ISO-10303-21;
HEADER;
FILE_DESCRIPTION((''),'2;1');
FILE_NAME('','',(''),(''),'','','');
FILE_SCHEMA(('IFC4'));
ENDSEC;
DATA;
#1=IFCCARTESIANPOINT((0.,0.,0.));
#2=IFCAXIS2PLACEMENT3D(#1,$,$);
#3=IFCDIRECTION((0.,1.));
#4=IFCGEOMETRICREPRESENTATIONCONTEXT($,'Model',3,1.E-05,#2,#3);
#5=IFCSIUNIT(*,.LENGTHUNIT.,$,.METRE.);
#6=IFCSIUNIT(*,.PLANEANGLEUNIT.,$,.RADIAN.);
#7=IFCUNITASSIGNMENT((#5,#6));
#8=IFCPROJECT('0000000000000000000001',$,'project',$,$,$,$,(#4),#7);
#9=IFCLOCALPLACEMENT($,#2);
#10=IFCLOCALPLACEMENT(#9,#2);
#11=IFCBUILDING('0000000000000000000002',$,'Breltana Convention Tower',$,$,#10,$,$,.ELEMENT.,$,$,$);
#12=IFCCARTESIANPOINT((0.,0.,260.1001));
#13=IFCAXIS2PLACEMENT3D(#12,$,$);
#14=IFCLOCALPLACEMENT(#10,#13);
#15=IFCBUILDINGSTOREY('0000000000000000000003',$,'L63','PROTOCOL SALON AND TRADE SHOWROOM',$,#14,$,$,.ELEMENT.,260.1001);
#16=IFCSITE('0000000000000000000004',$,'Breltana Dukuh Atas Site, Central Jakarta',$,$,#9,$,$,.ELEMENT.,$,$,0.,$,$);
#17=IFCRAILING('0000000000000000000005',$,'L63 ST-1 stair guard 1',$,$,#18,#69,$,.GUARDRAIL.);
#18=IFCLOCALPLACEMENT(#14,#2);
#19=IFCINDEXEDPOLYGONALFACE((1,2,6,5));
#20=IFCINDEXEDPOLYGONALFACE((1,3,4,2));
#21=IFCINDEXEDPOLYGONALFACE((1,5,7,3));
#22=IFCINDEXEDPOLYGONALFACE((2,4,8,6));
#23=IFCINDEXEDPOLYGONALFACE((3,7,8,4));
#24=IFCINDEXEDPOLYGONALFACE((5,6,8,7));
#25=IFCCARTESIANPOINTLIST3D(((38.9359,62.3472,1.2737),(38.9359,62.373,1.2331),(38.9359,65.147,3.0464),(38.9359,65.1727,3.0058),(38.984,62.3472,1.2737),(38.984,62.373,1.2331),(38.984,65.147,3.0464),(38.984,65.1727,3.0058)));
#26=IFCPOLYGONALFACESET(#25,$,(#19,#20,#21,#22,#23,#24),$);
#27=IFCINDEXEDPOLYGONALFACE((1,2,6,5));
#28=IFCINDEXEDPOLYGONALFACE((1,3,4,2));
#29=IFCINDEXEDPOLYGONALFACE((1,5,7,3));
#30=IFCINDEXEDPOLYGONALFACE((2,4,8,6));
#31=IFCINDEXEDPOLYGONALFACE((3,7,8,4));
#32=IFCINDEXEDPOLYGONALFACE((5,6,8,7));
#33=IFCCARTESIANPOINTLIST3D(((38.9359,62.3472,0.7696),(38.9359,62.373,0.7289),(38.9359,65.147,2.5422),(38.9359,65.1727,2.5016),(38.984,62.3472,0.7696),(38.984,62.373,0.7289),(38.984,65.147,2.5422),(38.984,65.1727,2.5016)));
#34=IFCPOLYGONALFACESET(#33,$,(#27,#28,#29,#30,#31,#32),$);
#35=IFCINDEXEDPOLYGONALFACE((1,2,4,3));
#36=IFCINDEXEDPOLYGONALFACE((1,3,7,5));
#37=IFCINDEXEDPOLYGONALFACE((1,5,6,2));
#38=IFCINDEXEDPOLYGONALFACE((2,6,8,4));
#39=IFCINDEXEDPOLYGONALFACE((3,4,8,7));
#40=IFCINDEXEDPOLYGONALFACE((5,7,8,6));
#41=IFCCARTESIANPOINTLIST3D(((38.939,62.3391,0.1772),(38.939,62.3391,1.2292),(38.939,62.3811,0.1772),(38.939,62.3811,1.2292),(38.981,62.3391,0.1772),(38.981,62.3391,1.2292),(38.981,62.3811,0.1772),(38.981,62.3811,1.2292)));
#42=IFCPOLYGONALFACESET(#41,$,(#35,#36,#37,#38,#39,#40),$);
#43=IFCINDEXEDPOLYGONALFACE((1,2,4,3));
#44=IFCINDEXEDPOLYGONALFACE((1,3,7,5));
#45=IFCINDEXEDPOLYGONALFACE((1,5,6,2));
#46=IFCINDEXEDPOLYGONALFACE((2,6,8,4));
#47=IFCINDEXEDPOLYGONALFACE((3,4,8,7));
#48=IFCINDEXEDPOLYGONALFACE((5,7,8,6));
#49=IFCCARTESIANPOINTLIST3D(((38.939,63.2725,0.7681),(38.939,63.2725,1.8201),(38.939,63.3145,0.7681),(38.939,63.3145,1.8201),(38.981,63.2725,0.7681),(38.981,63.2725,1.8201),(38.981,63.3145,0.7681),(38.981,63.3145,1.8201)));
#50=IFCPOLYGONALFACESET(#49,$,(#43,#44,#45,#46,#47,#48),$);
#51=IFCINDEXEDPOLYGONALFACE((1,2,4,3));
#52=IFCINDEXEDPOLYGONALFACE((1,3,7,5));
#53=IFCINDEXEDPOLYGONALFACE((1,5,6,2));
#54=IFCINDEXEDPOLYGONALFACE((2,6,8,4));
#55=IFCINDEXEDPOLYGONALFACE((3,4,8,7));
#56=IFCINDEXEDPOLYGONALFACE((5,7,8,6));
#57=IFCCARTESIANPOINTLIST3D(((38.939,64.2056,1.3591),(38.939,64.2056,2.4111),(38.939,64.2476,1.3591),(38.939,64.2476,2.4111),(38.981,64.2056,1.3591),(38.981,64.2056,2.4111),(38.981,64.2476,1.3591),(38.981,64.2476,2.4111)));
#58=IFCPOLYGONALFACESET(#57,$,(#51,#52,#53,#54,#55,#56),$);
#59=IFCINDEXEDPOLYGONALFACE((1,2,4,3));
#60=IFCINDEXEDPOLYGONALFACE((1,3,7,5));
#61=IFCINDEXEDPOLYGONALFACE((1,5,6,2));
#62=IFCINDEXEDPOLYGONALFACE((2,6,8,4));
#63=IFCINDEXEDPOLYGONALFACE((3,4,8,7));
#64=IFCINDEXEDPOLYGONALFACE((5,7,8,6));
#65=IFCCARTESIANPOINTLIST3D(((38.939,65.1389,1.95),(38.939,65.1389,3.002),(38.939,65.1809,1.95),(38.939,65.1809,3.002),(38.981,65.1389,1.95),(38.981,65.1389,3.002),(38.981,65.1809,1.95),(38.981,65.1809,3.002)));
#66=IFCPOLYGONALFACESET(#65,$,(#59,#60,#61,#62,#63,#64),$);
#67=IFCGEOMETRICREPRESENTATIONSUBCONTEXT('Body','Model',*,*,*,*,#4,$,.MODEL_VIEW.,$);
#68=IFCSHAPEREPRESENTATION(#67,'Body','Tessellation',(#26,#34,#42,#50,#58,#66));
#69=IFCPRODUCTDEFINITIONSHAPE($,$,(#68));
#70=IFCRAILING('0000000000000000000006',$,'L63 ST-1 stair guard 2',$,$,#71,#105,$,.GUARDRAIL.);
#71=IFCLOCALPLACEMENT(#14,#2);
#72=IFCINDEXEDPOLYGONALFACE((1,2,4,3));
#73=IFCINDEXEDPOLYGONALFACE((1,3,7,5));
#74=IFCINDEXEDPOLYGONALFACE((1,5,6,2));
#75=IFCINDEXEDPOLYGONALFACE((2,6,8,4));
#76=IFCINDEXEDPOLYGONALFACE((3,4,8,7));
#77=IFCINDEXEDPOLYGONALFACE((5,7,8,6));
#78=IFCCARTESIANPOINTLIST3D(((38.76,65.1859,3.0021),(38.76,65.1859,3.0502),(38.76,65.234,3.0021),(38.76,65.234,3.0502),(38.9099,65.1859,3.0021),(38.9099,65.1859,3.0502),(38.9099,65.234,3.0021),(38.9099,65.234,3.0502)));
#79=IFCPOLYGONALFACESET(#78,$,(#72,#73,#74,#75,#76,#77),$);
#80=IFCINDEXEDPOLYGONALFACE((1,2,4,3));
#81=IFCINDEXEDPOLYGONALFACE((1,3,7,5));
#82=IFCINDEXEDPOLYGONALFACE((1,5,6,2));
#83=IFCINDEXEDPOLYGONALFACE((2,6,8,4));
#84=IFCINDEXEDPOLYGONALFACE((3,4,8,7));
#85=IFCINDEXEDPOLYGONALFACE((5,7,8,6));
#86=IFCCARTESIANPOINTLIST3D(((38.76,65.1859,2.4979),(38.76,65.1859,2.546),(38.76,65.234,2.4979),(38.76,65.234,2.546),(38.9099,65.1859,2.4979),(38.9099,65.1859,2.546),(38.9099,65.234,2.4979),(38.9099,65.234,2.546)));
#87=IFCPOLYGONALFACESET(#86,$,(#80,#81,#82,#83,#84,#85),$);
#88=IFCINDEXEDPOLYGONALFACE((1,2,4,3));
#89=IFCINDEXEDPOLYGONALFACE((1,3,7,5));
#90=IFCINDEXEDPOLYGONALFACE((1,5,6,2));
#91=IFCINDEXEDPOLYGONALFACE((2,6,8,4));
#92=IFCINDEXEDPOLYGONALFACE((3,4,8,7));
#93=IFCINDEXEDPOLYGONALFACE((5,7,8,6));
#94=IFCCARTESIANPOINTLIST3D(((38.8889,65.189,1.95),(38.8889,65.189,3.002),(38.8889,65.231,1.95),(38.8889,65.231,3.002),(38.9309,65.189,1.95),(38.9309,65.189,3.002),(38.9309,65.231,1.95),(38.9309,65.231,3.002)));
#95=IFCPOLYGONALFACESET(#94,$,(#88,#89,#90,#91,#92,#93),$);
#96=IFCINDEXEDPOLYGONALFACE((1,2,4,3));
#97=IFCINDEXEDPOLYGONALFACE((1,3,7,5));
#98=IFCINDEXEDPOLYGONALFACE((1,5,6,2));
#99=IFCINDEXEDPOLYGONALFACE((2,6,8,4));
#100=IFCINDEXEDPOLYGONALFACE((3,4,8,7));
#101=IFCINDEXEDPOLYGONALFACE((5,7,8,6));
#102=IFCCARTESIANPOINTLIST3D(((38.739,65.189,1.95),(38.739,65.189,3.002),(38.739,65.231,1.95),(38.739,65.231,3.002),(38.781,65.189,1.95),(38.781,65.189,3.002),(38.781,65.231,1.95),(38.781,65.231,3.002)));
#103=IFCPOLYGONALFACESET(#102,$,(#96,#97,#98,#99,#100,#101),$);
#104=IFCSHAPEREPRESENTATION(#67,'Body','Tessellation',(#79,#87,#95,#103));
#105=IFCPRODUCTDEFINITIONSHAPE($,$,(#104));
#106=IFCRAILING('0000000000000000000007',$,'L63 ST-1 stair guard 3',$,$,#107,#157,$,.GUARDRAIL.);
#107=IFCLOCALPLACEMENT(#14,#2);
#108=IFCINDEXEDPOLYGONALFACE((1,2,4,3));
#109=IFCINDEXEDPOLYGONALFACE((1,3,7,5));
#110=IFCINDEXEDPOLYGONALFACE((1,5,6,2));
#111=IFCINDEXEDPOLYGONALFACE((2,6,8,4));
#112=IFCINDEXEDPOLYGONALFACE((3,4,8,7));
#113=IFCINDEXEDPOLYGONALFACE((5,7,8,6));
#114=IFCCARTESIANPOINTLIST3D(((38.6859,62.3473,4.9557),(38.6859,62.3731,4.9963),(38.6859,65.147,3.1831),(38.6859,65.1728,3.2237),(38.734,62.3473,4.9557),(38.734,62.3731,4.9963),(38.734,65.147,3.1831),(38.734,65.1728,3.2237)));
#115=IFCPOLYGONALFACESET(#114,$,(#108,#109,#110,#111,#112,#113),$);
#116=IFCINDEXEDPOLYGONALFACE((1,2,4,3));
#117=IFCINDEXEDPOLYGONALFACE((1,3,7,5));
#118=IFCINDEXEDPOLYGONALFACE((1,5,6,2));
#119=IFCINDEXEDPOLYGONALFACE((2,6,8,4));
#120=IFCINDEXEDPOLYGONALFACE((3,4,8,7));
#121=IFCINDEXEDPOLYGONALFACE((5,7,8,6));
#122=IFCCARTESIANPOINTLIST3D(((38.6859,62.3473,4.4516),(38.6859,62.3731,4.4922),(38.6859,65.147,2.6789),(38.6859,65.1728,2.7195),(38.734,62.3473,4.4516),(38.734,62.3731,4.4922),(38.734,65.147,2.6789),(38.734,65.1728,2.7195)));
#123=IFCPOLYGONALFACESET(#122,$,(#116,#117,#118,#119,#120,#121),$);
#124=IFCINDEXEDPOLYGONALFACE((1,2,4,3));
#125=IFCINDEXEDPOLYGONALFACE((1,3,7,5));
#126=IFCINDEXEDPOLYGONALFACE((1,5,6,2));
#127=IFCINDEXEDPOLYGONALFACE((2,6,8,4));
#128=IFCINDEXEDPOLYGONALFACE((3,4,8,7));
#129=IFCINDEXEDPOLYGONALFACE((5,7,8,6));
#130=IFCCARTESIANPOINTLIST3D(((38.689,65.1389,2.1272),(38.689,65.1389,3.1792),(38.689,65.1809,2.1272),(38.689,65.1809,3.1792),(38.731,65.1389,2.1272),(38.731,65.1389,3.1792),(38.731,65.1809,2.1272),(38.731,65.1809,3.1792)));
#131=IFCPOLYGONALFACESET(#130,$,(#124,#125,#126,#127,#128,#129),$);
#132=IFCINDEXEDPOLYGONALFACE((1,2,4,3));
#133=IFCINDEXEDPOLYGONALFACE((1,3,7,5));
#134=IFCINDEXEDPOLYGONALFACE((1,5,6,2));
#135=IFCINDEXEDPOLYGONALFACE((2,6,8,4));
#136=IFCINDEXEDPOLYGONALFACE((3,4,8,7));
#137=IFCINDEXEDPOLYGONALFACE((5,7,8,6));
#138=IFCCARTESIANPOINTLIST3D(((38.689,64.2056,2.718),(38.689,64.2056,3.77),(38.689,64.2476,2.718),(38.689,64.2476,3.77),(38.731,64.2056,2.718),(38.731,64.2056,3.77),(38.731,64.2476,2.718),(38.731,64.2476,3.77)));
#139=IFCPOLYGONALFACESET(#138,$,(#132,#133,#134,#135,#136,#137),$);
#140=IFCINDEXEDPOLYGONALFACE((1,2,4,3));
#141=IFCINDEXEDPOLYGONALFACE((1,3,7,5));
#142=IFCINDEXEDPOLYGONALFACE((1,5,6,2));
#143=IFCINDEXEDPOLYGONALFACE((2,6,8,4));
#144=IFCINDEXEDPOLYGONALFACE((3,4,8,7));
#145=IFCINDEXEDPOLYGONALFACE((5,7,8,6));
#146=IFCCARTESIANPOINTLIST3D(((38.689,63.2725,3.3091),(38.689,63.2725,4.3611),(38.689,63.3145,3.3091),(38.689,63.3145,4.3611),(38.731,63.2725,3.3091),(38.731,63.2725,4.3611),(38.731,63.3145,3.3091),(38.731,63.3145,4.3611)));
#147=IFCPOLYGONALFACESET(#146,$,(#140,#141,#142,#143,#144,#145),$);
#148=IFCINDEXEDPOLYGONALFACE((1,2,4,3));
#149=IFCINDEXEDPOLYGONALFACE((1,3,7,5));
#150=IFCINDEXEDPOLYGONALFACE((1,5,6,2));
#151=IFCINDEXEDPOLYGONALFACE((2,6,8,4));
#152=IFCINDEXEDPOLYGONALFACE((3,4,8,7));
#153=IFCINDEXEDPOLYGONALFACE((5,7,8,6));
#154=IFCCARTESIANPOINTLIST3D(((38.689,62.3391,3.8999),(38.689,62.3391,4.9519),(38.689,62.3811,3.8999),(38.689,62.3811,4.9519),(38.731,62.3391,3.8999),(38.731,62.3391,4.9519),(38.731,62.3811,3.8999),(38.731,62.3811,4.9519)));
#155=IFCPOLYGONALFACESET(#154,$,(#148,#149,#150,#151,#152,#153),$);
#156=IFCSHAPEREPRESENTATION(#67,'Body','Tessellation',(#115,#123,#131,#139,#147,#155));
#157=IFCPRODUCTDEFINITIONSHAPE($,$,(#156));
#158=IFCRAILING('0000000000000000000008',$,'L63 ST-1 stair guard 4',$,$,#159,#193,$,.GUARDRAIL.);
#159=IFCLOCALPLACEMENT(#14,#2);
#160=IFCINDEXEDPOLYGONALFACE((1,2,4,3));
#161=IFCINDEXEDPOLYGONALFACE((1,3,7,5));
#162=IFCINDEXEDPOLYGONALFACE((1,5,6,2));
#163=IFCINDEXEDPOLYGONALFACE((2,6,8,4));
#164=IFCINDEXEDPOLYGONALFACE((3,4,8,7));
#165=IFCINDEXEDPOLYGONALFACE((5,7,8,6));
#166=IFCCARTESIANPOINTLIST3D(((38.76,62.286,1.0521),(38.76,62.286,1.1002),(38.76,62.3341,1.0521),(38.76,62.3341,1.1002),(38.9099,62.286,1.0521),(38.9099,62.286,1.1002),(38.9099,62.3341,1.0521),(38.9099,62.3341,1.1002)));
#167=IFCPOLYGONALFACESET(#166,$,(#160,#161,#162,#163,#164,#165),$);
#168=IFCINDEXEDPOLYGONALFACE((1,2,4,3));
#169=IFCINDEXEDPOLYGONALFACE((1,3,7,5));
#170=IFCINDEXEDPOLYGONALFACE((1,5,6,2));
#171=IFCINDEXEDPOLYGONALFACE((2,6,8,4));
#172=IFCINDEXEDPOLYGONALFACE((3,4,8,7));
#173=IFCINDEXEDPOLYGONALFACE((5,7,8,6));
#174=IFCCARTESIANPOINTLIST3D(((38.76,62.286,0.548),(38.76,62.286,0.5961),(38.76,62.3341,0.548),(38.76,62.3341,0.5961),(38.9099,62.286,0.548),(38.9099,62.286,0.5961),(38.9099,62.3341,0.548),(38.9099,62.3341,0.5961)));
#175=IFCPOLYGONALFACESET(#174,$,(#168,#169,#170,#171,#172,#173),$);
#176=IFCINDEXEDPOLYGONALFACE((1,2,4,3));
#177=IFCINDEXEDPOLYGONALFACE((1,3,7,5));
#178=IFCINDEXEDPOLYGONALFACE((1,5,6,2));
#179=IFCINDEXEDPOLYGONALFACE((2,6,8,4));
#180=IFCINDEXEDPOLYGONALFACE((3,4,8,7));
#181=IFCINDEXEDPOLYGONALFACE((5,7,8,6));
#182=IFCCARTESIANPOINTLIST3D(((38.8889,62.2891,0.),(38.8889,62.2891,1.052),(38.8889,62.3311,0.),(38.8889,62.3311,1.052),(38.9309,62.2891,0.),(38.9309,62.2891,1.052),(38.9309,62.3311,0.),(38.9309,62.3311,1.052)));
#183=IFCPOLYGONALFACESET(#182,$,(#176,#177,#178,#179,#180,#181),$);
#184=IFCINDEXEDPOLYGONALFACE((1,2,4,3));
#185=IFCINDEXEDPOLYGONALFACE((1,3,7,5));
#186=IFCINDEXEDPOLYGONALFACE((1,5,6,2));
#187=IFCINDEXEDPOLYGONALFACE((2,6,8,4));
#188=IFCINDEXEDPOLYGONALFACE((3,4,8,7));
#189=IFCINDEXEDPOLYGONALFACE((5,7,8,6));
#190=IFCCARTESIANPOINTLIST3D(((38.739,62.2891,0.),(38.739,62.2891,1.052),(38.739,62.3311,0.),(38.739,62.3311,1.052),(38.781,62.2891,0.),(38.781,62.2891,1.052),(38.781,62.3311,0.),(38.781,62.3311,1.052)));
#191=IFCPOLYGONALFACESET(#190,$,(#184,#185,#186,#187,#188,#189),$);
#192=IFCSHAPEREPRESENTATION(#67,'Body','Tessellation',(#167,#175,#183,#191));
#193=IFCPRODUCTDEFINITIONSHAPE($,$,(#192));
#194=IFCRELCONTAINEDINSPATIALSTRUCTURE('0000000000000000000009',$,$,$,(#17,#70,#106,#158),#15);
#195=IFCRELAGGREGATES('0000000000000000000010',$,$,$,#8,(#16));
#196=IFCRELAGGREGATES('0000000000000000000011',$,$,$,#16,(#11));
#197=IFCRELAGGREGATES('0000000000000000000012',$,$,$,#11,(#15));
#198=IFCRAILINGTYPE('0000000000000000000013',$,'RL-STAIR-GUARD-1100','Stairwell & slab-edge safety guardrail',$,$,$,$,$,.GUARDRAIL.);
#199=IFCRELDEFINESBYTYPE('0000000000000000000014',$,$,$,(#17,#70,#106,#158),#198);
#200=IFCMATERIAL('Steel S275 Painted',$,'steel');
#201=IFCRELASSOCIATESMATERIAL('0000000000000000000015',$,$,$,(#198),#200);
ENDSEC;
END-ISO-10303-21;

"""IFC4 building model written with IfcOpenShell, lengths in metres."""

from ifc_helpers import new_model, si_unit, direction, frame, origin, origin_2d, place, context, subcontext, project, spatial, rectangle, extrude, material, type_object, element, save


model = new_model("IFC4")

# Units and contexts
model_context = context("Model", 3, precision=1e-05, world=origin(), true_north=direction((0.0, 1.0)))
body_context = subcontext(model_context, "Body", "Model", "MODEL_VIEW")
ifc_project = project(units=[si_unit("LENGTHUNIT", "METRE"), si_unit("PLANEANGLEUNIT", "RADIAN")], contexts=[model_context])

# Site, building, storey
site_placement = place(None, origin())
site = spatial("IfcSite", under=ifc_project, at=site_placement, Name="Breltana Dukuh Atas Site, Central Jakarta", CompositionType="ELEMENT", RefElevation=0.0)
building_placement = place(site_placement, origin())
building = spatial("IfcBuilding", under=site, at=building_placement, Name="Breltana Convention Tower", CompositionType="ELEMENT")
storey_placement = place(building_placement, frame((0.0, 0.0, 260.1001)))
storey = spatial("IfcBuildingStorey", under=building, at=storey_placement, Name="L63", Description="PROTOCOL SALON AND TRADE SHOWROOM", CompositionType="ELEMENT", Elevation=260.1001)

# Railings
ifc_material_1 = material(Name="Steel S275 Painted", Category="steel")
railing_type_1 = type_object("IfcRailingType", Name="RL-STAIR-GUARD-1100", Description="Stairwell & slab-edge safety guardrail", PredefinedType="GUARDRAIL", material=ifc_material_1)
railing_1_placement = place(storey_placement, frame((38.96, 62.3601, 0.1772)))
element("IfcRailing", 1, at=railing_1_placement, inside=storey, type_object=railing_type_1, Name="L63 ST-1 stair guard 1", PredefinedType="GUARDRAIL", context=body_context, shape_type="SweptSolid", body=[
    extrude(rectangle(XDim=0.0481, YDim=0.0481, at=origin_2d()), frame((0.0, 0.0, 1.0762), z_axis=(0.0, 0.844888, 0.534943), x_axis=(-1.0, 0.0, 0.0)), (0.0, 0.0, 1.0), 3.3137),
    extrude(rectangle(XDim=0.0481, YDim=0.0481, at=origin_2d()), frame((0.0, 0.0, 0.572), z_axis=(0.0, 0.844888, 0.534943), x_axis=(-1.0, 0.0, 0.0)), (0.0, 0.0, 1.0), 3.3137),
    extrude(rectangle(XDim=0.042, YDim=0.042, at=origin_2d()), origin(), (0.0, 0.0, 1.0), 1.052),
    extrude(rectangle(XDim=0.042, YDim=0.042, at=origin_2d()), frame((0.0, 0.9333, 0.5908)), (0.0, 0.0, 1.0), 1.052),
    extrude(rectangle(XDim=0.042, YDim=0.042, at=origin_2d()), frame((0.0, 1.8665, 1.1819)), (0.0, 0.0, 1.0), 1.052),
    extrude(rectangle(XDim=0.042, YDim=0.042, at=origin_2d()), frame((0.0, 2.7998, 1.7727)), (0.0, 0.0, 1.0), 1.052),
])
railing_2_placement = place(storey_placement, frame((38.9099, 65.21, 1.95)))
element("IfcRailing", 2, at=railing_2_placement, inside=storey, type_object=railing_type_1, Name="L63 ST-1 stair guard 2", PredefinedType="GUARDRAIL", context=body_context, shape_type="SweptSolid", body=[
    extrude(rectangle(XDim=0.0481, YDim=0.0481, at=origin_2d()), frame((0.0, 0.0, 1.0762), z_axis=(-1.0, 0.0, 0.0), x_axis=(0.0, -1.0, 0.0)), (0.0, 0.0, 1.0), 0.1499),
    extrude(rectangle(XDim=0.0481, YDim=0.0481, at=origin_2d()), frame((0.0, 0.0, 0.572), z_axis=(-1.0, 0.0, 0.0), x_axis=(0.0, -1.0, 0.0)), (0.0, 0.0, 1.0), 0.1499),
    extrude(rectangle(XDim=0.042, YDim=0.042, at=origin_2d()), origin(), (0.0, 0.0, 1.0), 1.052),
    extrude(rectangle(XDim=0.042, YDim=0.042, at=origin_2d()), frame((-0.1499, 0.0, 0.0)), (0.0, 0.0, 1.0), 1.052),
])
railing_3_placement = place(storey_placement, frame((38.71, 65.1599, 2.1272)))
element("IfcRailing", 3, at=railing_3_placement, inside=storey, type_object=railing_type_1, Name="L63 ST-1 stair guard 3", PredefinedType="GUARDRAIL", context=body_context, shape_type="SweptSolid", body=[
    extrude(rectangle(XDim=0.0481, YDim=0.0481, at=origin_2d()), frame((0.0, 0.0, 1.0762), z_axis=(0.0, -0.844888, 0.534943), x_axis=(1.0, 0.0, 0.0)), (0.0, 0.0, 1.0), 3.3137),
    extrude(rectangle(XDim=0.0481, YDim=0.0481, at=origin_2d()), frame((0.0, 0.0, 0.572), z_axis=(0.0, -0.844888, 0.534943), x_axis=(1.0, 0.0, 0.0)), (0.0, 0.0, 1.0), 3.3137),
    extrude(rectangle(XDim=0.042, YDim=0.042, at=origin_2d()), origin(), (0.0, 0.0, 1.0), 1.052),
    extrude(rectangle(XDim=0.042, YDim=0.042, at=origin_2d()), frame((0.0, -0.9333, 0.5908)), (0.0, 0.0, 1.0), 1.052),
    extrude(rectangle(XDim=0.042, YDim=0.042, at=origin_2d()), frame((0.0, -1.8665, 1.1819)), (0.0, 0.0, 1.0), 1.052),
    extrude(rectangle(XDim=0.042, YDim=0.042, at=origin_2d()), frame((0.0, -2.7998, 1.7727)), (0.0, 0.0, 1.0), 1.052),
])
railing_4_placement = place(storey_placement, frame((38.9099, 62.3101, 0.0)))
element("IfcRailing", 4, at=railing_4_placement, inside=storey, type_object=railing_type_1, Name="L63 ST-1 stair guard 4", PredefinedType="GUARDRAIL", context=body_context, shape_type="SweptSolid", body=[
    extrude(rectangle(XDim=0.0481, YDim=0.0481, at=origin_2d()), frame((0.0, 0.0, 1.0762), z_axis=(-1.0, 0.0, 0.0), x_axis=(0.0, -1.0, 0.0)), (0.0, 0.0, 1.0), 0.1499),
    extrude(rectangle(XDim=0.0481, YDim=0.0481, at=origin_2d()), frame((0.0, 0.0, 0.572), z_axis=(-1.0, 0.0, 0.0), x_axis=(0.0, -1.0, 0.0)), (0.0, 0.0, 1.0), 0.1499),
    extrude(rectangle(XDim=0.042, YDim=0.042, at=origin_2d()), origin(), (0.0, 0.0, 1.0), 1.052),
    extrude(rectangle(XDim=0.042, YDim=0.042, at=origin_2d()), frame((-0.1499, 0.0, 0.0)), (0.0, 0.0, 1.0), 1.052),
])

save(model, "model.ifc")
